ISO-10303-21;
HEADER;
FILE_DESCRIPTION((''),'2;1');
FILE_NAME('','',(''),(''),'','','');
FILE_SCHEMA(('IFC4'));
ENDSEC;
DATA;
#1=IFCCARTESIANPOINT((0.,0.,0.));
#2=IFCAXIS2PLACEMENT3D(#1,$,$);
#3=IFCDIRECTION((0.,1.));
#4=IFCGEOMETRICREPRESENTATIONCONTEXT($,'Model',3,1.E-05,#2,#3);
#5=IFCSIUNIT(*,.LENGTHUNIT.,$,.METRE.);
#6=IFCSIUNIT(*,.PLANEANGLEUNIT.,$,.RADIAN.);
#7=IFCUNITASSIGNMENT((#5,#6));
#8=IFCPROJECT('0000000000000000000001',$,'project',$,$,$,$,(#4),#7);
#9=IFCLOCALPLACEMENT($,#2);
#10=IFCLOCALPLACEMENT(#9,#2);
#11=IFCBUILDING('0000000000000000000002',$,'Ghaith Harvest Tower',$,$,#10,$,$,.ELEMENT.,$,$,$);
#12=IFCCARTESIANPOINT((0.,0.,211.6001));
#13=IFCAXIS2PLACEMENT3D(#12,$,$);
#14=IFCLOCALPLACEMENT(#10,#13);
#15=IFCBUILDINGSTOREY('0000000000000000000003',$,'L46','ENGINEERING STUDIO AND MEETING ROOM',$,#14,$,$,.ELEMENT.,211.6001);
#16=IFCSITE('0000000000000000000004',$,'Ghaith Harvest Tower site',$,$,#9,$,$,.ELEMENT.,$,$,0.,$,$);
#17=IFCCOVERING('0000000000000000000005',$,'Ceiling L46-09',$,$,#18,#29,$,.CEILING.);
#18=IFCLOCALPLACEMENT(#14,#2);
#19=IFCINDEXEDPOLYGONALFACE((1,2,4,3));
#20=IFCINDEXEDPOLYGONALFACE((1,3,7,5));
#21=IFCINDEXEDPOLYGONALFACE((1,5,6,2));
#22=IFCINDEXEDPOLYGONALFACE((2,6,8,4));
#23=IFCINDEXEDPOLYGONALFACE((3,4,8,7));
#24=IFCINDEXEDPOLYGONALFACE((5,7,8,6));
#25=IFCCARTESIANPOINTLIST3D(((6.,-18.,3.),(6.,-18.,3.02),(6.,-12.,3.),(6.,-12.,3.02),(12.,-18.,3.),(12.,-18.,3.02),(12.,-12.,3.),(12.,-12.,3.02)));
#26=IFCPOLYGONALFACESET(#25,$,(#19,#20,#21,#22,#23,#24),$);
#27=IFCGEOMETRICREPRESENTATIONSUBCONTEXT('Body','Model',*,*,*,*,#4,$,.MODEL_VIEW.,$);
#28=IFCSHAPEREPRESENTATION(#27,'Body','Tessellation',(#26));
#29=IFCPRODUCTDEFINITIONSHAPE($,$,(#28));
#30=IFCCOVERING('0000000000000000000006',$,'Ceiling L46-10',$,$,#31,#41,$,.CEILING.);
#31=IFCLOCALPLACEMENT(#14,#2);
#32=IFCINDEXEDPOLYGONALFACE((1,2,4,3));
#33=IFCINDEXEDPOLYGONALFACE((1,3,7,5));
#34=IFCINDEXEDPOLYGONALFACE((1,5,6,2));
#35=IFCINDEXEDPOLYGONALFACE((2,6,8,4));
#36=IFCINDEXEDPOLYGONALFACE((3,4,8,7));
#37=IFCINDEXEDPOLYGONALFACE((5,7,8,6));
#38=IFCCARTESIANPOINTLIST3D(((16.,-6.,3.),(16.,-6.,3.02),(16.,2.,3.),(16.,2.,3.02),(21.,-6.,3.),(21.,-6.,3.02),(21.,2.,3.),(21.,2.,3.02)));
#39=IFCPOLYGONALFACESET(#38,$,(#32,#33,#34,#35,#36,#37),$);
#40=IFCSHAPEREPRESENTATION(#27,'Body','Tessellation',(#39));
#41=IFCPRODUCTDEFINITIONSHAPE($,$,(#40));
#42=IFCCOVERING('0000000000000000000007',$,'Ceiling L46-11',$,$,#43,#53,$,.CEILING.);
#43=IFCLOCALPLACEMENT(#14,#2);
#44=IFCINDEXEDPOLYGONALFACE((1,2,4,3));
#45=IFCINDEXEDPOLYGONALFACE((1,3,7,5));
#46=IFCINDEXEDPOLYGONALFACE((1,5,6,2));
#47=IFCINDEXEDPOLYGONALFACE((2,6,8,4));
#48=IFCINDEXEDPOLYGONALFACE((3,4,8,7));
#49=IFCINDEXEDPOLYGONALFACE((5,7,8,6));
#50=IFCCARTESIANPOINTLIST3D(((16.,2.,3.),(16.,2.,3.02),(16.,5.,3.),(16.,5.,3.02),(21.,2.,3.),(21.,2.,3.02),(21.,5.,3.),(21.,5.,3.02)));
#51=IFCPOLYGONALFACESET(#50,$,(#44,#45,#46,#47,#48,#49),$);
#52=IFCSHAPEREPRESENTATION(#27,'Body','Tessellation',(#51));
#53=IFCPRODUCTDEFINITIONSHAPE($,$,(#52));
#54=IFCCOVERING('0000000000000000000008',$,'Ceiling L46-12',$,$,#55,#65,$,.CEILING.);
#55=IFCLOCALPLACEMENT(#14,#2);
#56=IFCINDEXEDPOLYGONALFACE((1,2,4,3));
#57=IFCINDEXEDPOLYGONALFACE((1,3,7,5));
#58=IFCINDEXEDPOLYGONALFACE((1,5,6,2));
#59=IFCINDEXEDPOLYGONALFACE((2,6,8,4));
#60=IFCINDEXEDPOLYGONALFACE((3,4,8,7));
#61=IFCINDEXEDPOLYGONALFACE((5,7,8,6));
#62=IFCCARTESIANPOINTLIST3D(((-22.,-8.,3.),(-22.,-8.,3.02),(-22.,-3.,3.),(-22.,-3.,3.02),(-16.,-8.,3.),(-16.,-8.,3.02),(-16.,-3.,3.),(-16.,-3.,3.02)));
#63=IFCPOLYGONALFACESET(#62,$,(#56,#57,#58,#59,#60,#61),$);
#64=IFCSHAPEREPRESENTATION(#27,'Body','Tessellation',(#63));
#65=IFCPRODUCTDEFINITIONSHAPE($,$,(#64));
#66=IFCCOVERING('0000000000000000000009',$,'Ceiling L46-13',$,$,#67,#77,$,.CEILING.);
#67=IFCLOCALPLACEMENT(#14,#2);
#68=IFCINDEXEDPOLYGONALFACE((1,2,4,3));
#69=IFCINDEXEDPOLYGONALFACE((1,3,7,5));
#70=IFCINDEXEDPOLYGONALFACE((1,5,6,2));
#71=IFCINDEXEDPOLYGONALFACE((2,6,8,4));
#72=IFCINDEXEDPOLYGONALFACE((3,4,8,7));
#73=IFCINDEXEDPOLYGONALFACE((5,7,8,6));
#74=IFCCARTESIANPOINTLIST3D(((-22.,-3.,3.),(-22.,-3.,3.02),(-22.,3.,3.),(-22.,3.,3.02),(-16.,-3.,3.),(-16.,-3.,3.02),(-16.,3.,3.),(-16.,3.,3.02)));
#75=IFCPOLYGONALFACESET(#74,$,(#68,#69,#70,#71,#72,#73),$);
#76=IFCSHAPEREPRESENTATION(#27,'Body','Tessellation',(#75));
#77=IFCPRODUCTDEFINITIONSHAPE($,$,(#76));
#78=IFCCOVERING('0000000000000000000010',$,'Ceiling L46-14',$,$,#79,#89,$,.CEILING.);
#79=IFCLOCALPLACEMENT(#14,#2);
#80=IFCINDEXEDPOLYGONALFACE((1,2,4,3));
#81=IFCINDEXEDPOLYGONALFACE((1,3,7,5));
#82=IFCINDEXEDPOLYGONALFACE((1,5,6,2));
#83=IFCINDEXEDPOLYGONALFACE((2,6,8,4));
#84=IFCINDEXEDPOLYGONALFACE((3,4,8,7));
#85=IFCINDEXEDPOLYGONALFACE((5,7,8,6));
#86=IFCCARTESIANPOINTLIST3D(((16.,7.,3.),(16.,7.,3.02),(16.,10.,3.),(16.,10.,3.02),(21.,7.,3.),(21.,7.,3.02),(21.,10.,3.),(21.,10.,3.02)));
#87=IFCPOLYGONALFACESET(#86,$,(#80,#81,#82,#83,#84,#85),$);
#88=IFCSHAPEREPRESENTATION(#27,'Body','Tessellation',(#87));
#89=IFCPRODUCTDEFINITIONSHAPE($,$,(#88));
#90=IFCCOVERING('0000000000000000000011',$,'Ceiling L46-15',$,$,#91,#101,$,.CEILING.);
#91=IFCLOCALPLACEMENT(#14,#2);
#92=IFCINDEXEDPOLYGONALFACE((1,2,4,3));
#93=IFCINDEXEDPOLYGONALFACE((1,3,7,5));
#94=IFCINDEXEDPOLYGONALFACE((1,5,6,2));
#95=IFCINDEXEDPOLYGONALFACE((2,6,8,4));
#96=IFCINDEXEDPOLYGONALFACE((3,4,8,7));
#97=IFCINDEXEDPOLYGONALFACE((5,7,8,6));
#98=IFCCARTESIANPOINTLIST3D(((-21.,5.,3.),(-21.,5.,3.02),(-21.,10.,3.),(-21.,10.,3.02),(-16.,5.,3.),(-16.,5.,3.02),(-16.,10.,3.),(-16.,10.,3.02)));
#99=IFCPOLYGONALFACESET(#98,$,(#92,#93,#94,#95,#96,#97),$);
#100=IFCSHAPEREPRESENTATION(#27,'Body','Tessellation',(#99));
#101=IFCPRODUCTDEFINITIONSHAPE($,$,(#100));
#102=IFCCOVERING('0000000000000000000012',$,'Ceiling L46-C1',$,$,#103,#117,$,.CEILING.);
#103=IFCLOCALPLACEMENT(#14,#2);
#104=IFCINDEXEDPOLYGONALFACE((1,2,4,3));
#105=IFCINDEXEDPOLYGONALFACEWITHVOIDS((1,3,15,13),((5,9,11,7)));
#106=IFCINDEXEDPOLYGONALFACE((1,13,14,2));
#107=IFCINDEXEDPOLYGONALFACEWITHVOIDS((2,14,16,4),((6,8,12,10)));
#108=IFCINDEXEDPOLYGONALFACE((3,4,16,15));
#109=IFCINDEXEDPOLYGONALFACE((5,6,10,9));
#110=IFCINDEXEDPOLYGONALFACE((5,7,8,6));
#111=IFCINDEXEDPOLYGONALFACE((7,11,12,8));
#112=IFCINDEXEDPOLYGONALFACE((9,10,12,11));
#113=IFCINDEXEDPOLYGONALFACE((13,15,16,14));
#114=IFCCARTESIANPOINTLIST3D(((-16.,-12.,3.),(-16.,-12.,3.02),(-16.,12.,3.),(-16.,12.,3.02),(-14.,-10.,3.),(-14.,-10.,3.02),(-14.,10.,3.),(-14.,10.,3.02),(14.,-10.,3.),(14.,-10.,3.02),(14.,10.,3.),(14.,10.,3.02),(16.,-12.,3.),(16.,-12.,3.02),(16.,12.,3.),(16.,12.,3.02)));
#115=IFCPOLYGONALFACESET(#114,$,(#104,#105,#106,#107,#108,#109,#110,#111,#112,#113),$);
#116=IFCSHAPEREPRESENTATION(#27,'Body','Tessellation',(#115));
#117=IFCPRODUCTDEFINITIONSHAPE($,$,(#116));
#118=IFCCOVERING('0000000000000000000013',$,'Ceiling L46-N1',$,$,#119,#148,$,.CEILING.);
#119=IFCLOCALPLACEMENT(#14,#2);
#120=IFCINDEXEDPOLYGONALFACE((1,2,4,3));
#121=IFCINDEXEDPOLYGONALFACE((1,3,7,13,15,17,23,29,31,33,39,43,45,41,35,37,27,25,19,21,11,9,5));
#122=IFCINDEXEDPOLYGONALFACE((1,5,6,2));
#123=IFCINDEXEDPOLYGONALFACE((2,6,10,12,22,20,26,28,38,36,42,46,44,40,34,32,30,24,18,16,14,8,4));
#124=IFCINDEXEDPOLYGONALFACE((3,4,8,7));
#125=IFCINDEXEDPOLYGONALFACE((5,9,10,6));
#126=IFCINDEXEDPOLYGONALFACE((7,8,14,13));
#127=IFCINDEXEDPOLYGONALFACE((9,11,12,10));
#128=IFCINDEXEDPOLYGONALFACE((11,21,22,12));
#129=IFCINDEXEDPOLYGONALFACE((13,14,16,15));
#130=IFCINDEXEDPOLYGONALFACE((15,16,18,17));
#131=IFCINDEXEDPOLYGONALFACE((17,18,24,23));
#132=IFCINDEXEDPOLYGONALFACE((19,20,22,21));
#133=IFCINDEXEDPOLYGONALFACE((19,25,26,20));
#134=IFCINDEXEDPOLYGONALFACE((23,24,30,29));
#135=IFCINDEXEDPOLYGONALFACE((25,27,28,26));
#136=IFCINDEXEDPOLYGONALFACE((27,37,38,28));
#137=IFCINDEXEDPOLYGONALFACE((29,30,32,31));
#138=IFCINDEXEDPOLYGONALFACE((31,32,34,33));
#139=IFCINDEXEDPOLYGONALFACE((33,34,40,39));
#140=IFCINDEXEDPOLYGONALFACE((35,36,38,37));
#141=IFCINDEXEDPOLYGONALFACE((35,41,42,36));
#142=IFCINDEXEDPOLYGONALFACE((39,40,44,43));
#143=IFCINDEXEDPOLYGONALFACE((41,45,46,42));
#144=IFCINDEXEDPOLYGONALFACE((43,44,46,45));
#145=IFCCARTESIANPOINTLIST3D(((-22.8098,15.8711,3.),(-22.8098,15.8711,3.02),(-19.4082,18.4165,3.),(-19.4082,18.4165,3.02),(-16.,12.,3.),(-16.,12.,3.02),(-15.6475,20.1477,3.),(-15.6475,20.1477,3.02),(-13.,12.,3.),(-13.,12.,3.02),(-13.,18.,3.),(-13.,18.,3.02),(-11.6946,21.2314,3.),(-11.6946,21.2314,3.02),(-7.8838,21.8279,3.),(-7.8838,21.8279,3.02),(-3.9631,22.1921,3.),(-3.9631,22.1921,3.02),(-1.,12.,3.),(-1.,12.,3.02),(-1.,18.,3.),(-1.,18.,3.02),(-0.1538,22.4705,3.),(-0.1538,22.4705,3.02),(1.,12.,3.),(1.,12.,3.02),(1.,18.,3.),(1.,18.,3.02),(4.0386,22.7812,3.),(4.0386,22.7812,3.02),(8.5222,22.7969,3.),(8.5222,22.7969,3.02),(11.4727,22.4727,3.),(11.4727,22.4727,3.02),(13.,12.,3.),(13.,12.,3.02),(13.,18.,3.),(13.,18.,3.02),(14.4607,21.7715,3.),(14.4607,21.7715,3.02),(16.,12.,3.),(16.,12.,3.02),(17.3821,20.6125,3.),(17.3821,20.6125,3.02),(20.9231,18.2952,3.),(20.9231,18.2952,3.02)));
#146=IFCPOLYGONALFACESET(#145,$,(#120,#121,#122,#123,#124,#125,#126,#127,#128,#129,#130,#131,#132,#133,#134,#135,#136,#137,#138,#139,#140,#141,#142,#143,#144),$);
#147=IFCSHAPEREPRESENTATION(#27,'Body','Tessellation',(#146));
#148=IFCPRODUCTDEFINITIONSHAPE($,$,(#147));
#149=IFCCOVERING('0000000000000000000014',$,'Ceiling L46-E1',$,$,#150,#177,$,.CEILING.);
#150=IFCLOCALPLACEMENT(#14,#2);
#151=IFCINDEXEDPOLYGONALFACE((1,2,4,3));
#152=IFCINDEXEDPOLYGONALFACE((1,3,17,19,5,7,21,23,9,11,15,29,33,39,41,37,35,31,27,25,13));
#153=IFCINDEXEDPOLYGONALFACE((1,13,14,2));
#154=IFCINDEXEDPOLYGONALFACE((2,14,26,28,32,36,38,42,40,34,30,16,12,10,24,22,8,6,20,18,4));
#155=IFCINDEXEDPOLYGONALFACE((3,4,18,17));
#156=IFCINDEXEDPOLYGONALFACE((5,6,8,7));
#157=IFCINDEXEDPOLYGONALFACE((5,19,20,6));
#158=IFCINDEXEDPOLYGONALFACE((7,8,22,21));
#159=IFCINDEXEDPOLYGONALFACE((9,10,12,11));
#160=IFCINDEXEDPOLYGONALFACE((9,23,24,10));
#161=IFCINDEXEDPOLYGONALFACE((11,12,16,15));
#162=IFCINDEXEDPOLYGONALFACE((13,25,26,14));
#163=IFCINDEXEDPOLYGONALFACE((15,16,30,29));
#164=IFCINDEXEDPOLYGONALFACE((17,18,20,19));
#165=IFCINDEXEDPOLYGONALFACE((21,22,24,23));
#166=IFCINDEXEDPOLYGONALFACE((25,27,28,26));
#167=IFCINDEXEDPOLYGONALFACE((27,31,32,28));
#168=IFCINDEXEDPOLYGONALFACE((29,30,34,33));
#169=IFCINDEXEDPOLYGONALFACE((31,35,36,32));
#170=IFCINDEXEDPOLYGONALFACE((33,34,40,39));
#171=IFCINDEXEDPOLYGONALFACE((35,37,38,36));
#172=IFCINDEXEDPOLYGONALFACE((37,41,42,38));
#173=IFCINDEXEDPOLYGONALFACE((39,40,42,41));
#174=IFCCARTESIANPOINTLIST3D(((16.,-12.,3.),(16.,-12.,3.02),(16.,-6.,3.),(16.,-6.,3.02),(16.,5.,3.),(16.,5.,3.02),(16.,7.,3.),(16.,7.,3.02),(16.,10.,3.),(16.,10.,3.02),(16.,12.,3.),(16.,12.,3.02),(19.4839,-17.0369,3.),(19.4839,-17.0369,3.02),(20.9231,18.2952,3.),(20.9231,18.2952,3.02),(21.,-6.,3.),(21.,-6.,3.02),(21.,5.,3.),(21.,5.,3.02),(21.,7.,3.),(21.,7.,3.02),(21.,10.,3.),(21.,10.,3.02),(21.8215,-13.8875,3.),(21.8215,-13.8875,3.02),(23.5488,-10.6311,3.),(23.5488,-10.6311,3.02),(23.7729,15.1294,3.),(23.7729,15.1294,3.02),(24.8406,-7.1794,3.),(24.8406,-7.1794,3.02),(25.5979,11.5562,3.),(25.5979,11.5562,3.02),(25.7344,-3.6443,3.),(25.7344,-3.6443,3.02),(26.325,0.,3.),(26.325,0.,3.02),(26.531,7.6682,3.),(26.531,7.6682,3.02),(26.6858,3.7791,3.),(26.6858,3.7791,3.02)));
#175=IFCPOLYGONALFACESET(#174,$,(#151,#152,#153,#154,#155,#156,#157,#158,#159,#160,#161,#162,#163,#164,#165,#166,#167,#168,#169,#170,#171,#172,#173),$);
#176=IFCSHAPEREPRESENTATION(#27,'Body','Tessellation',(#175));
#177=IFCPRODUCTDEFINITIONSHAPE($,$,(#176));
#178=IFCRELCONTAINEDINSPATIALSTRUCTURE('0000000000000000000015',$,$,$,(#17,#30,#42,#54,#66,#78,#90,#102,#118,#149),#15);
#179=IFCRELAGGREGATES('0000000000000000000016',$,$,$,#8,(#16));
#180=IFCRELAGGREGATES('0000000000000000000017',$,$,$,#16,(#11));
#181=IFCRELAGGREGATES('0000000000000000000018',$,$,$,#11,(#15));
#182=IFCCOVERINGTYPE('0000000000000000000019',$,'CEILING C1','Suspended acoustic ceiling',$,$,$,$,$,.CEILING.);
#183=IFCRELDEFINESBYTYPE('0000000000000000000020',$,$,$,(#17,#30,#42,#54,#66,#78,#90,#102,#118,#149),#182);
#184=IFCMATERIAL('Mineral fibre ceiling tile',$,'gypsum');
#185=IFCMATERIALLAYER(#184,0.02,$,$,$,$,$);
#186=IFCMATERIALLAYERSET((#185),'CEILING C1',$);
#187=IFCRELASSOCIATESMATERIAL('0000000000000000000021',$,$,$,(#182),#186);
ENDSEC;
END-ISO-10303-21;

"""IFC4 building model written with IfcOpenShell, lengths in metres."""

from ifc_helpers import new_model, si_unit, direction, frame, origin, place, context, subcontext, project, spatial, polyline, outline, extrude, material, layer, layer_set, type_object, element, save


model = new_model("IFC4")

# Units and contexts
model_context = context("Model", 3, precision=1e-05, world=origin(), true_north=direction((0.0, 1.0)))
body_context = subcontext(model_context, "Body", "Model", "MODEL_VIEW")
ifc_project = project(units=[si_unit("LENGTHUNIT", "METRE"), si_unit("PLANEANGLEUNIT", "RADIAN")], contexts=[model_context])

# Site, building, storey
site_placement = place(None, origin())
site = spatial("IfcSite", under=ifc_project, at=site_placement, Name="Ghaith Harvest Tower site", CompositionType="ELEMENT", RefElevation=0.0)
building_placement = place(site_placement, origin())
building = spatial("IfcBuilding", under=site, at=building_placement, Name="Ghaith Harvest Tower", CompositionType="ELEMENT")
storey_placement = place(building_placement, frame((0.0, 0.0, 211.6001)))
storey = spatial("IfcBuildingStorey", under=building, at=storey_placement, Name="L46", Description="ENGINEERING STUDIO AND MEETING ROOM", CompositionType="ELEMENT", Elevation=211.6001)

# Coverings
ifc_material_1 = material(Name="Mineral fibre ceiling tile", Category="gypsum")
ifc_layer_1 = layer(ifc_material_1, 0.02)
ifc_layer_set_1 = layer_set([ifc_layer_1], Name="CEILING C1")
covering_type = type_object("IfcCoveringType", Name="CEILING C1", Description="Suspended acoustic ceiling", PredefinedType="CEILING", material=ifc_layer_set_1)
covering_1_placement = place(storey_placement, frame((0.0, 0.0, 3.0)))
element("IfcCovering", 1, at=covering_1_placement, inside=storey, type_object=covering_type, Name="Ceiling L46-09", PredefinedType="CEILING", context=body_context, shape_type="SweptSolid", body=[
    extrude(outline(polyline([(6.0, -18.0), (12.0, -18.0), (12.0, -12.0), (6.0, -12.0), (6.0, -18.0)])), origin(), (0.0, 0.0, 1.0), 0.02),
])
covering_2_placement = place(storey_placement, frame((0.0, 0.0, 3.0)))
element("IfcCovering", 2, at=covering_2_placement, inside=storey, type_object=covering_type, Name="Ceiling L46-10", PredefinedType="CEILING", context=body_context, shape_type="SweptSolid", body=[
    extrude(outline(polyline([(16.0, -6.0), (21.0, -6.0), (21.0, 2.0), (16.0, 2.0), (16.0, -6.0)])), origin(), (0.0, 0.0, 1.0), 0.02),
])
covering_3_placement = place(storey_placement, frame((0.0, 0.0, 3.0)))
element("IfcCovering", 3, at=covering_3_placement, inside=storey, type_object=covering_type, Name="Ceiling L46-11", PredefinedType="CEILING", context=body_context, shape_type="SweptSolid", body=[
    extrude(outline(polyline([(16.0, 2.0), (21.0, 2.0), (21.0, 5.0), (16.0, 5.0), (16.0, 2.0)])), origin(), (0.0, 0.0, 1.0), 0.02),
])
covering_4_placement = place(storey_placement, frame((0.0, 0.0, 3.0)))
element("IfcCovering", 4, at=covering_4_placement, inside=storey, type_object=covering_type, Name="Ceiling L46-12", PredefinedType="CEILING", context=body_context, shape_type="SweptSolid", body=[
    extrude(outline(polyline([(-22.0, -8.0), (-16.0, -8.0), (-16.0, -3.0), (-22.0, -3.0), (-22.0, -8.0)])), origin(), (0.0, 0.0, 1.0), 0.02),
])
covering_5_placement = place(storey_placement, frame((0.0, 0.0, 3.0)))
element("IfcCovering", 5, at=covering_5_placement, inside=storey, type_object=covering_type, Name="Ceiling L46-13", PredefinedType="CEILING", context=body_context, shape_type="SweptSolid", body=[
    extrude(outline(polyline([(-22.0, -3.0), (-16.0, -3.0), (-16.0, 3.0), (-22.0, 3.0), (-22.0, -3.0)])), origin(), (0.0, 0.0, 1.0), 0.02),
])
covering_6_placement = place(storey_placement, frame((0.0, 0.0, 3.0)))
element("IfcCovering", 6, at=covering_6_placement, inside=storey, type_object=covering_type, Name="Ceiling L46-14", PredefinedType="CEILING", context=body_context, shape_type="SweptSolid", body=[
    extrude(outline(polyline([(16.0, 7.0), (21.0, 7.0), (21.0, 10.0), (16.0, 10.0), (16.0, 7.0)])), origin(), (0.0, 0.0, 1.0), 0.02),
])
covering_7_placement = place(storey_placement, frame((0.0, 0.0, 3.0)))
element("IfcCovering", 7, at=covering_7_placement, inside=storey, type_object=covering_type, Name="Ceiling L46-15", PredefinedType="CEILING", context=body_context, shape_type="SweptSolid", body=[
    extrude(outline(polyline([(-21.0, 5.0), (-16.0, 5.0), (-16.0, 10.0), (-21.0, 10.0), (-21.0, 5.0)])), origin(), (0.0, 0.0, 1.0), 0.02),
])
covering_8_placement = place(storey_placement, frame((0.0, 0.0, 3.0)))
element("IfcCovering", 8, at=covering_8_placement, inside=storey, type_object=covering_type, Name="Ceiling L46-C1", PredefinedType="CEILING", context=body_context, shape_type="SweptSolid", body=[
    extrude(outline(polyline([(-16.0, 12.0), (16.0, 12.0), (16.0, -12.0), (-16.0, -12.0), (-16.0, 12.0)]), holes=[polyline([(14.0, -10.0), (14.0, 10.0), (-14.0, 10.0), (-14.0, -10.0), (14.0, -10.0)])]), origin(), (0.0, 0.0, 1.0), 0.02),
])
covering_9_placement = place(storey_placement, frame((0.0, 0.0, 3.0)))
element("IfcCovering", 9, at=covering_9_placement, inside=storey, type_object=covering_type, Name="Ceiling L46-N1", PredefinedType="CEILING", context=body_context, shape_type="SweptSolid", body=[
    extrude(outline(polyline([(-19.4082, 18.4165), (-15.6475, 20.1477), (-11.6946, 21.2314), (-7.8838, 21.8279), (-3.9631, 22.1921), (-0.1538, 22.4705), (4.0386, 22.7812), (8.5222, 22.7969), (11.4727, 22.4727), (14.4607, 21.7715), (17.3821, 20.6125), (20.9231, 18.2952), (16.0, 12.0), (13.0, 12.0), (13.0, 18.0), (1.0, 18.0), (1.0, 12.0), (-1.0, 12.0), (-1.0, 18.0), (-13.0, 18.0), (-13.0, 12.0), (-16.0, 12.0), (-22.8098, 15.8711), (-19.4082, 18.4165)])), origin(), (0.0, 0.0, 1.0), 0.02),
])
covering_10_placement = place(storey_placement, frame((0.0, 0.0, 3.0)))
element("IfcCovering", 10, at=covering_10_placement, inside=storey, type_object=covering_type, Name="Ceiling L46-E1", PredefinedType="CEILING", context=body_context, shape_type="SweptSolid", body=[
    extrude(outline(polyline([(23.7729, 15.1294), (25.5979, 11.5562), (26.531, 7.6682), (26.6858, 3.7791), (26.325, 0.0), (25.7344, -3.6443), (24.8406, -7.1794), (23.5488, -10.6311), (21.8215, -13.8875), (19.4839, -17.0369), (16.0, -12.0), (16.0, -6.0), (21.0, -6.0), (21.0, 5.0), (16.0, 5.0), (16.0, 7.0), (21.0, 7.0), (21.0, 10.0), (16.0, 10.0), (16.0, 12.0), (20.9231, 18.2952), (23.7729, 15.1294)])), origin(), (0.0, 0.0, 1.0), 0.02),
])

save(model, "model.ifc")
